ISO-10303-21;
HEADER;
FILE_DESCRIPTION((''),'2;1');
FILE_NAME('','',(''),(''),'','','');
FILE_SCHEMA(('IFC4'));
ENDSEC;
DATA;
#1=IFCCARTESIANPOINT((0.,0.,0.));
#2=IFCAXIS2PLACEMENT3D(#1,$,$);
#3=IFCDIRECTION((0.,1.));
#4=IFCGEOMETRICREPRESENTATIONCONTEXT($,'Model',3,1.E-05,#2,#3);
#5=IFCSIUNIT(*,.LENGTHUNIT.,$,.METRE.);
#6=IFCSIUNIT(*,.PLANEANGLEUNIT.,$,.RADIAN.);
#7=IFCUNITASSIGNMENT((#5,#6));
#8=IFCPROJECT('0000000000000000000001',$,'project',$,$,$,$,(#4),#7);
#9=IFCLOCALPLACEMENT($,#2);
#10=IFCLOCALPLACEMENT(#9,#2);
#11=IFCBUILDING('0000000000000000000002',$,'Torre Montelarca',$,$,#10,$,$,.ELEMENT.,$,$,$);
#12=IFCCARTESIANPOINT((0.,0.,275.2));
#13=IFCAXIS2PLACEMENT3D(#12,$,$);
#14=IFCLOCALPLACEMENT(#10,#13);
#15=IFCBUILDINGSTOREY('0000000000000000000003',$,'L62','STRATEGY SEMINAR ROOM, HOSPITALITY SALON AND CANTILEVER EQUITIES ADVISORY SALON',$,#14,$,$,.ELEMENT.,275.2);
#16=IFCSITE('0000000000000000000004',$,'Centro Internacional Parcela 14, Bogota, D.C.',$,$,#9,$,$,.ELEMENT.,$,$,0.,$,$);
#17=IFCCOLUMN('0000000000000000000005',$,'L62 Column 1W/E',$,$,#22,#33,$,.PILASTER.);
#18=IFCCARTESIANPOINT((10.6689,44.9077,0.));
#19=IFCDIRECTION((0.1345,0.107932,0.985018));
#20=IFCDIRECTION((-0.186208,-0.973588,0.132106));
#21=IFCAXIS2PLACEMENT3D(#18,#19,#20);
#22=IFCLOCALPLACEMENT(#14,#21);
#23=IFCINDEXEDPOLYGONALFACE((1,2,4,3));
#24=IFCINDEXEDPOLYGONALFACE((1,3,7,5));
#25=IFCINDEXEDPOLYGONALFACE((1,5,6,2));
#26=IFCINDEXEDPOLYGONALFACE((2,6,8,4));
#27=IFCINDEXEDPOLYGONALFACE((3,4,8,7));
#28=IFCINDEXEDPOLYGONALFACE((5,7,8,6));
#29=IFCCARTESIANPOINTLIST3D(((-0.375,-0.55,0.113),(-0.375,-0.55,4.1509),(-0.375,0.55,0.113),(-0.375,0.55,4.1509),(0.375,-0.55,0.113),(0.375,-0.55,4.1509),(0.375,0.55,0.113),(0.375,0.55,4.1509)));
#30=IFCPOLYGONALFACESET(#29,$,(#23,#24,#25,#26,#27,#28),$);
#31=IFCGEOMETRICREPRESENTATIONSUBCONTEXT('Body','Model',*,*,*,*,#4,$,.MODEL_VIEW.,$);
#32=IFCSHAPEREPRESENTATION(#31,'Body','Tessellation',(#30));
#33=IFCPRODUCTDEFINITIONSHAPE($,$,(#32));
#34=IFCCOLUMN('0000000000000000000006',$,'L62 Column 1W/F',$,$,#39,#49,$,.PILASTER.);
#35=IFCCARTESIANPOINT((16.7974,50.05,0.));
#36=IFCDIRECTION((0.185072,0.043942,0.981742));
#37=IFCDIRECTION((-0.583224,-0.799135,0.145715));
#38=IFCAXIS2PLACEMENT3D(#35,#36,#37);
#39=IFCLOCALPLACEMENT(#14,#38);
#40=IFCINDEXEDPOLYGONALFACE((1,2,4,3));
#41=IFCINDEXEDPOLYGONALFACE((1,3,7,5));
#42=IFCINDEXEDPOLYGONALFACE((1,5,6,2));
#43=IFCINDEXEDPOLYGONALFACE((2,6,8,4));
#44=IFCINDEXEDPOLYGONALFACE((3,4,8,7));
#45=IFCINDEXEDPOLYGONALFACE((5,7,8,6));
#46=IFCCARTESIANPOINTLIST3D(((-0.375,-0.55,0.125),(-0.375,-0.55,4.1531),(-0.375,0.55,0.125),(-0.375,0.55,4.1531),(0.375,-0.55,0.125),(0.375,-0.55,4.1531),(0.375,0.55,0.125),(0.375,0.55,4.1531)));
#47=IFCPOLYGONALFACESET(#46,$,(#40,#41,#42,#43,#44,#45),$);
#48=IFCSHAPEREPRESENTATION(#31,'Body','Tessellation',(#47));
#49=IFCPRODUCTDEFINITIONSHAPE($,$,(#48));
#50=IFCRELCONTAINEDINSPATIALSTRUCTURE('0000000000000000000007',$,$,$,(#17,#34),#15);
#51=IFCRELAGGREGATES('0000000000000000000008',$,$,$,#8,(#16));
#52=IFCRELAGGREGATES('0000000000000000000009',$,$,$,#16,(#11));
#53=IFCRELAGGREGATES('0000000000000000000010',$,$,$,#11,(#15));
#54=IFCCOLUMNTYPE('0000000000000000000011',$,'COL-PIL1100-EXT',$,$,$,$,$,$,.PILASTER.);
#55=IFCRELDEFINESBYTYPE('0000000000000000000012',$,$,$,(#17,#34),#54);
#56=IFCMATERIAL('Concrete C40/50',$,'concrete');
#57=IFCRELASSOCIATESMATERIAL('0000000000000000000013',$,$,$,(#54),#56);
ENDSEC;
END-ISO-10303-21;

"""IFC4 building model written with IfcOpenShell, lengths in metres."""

from ifc_helpers import new_model, si_unit, direction, frame, origin, origin_2d, place, context, subcontext, project, spatial, rectangle, extrude, clip, halfspace, material, material_profile, profile_set, type_object, element, save


model = new_model("IFC4")

# Units and contexts
model_context = context("Model", 3, precision=1e-05, world=origin(), true_north=direction((0.0, 1.0)))
body_context = subcontext(model_context, "Body", "Model", "MODEL_VIEW")
ifc_project = project(units=[si_unit("LENGTHUNIT", "METRE"), si_unit("PLANEANGLEUNIT", "RADIAN")], contexts=[model_context])

# Site, building, storey
site_placement = place(None, origin())
site = spatial("IfcSite", under=ifc_project, at=site_placement, Name="Centro Internacional Parcela 14, Bogota, D.C.", CompositionType="ELEMENT", RefElevation=0.0)
building_placement = place(site_placement, origin())
building = spatial("IfcBuilding", under=site, at=building_placement, Name="Torre Montelarca", CompositionType="ELEMENT")
storey_placement = place(building_placement, frame((0.0, 0.0, 275.2)))
storey = spatial("IfcBuildingStorey", under=building, at=storey_placement, Name="L62", Description="STRATEGY SEMINAR ROOM, HOSPITALITY SALON AND CANTILEVER EQUITIES ADVISORY SALON", CompositionType="ELEMENT", Elevation=275.2)

# Columns
ifc_material_1 = material(Name="Concrete C40/50", Category="concrete")
ifc_material_profile_1 = material_profile(ifc_material_1, rectangle(XDim=0.75, YDim=1.1001, at=origin_2d()), Name="RC1100X750", Category="concrete")
ifc_profile_set_1 = profile_set([ifc_material_profile_1], Name="Concrete C40/50")
column_type_1 = type_object("IfcColumnType", Name="COL-PIL1100-EXT", PredefinedType="PILASTER", material=ifc_profile_set_1)
column_1_placement = place(storey_placement, frame((10.6689, 44.9077, 0.0), z_axis=(0.1345, 0.107932, 0.985018), x_axis=(-0.186208, -0.973588, 0.132106)))
element("IfcColumn", 1, at=column_1_placement, inside=storey, type_object=column_type_1, Name="L62 Column 1W/E", PredefinedType="PILASTER", context=body_context, shape_type="Clipping", body=[
    clip(clip(extrude(rectangle(XDim=0.75, YDim=1.1001, at=origin_2d()), origin(), (0.0, 0.0, 1.0), 4.2639), halfspace(frame((0.0, 0.0, 0.113), z_axis=(0.0, 0.0, -1.0), x_axis=(1.0, 0.0, 0.0)), False)), halfspace(frame((0.0, 0.0, 4.1509), z_axis=(0.0, 0.0, 1.0), x_axis=(1.0, 0.0, 0.0)), False)),
])
column_2_placement = place(storey_placement, frame((16.7974, 50.05, 0.0), z_axis=(0.185072, 0.043942, 0.981742), x_axis=(-0.583224, -0.799135, 0.145715)))
element("IfcColumn", 2, at=column_2_placement, inside=storey, type_object=column_type_1, Name="L62 Column 1W/F", PredefinedType="PILASTER", context=body_context, shape_type="Clipping", body=[
    clip(clip(extrude(rectangle(XDim=0.75, YDim=1.1001, at=origin_2d()), origin(), (0.0, 0.0, 1.0), 4.2781), halfspace(frame((0.0, 0.0, 0.125), z_axis=(0.0, 0.0, -1.0), x_axis=(1.0, 0.0, 0.0)), False)), halfspace(frame((0.0, 0.0, 4.1531), z_axis=(0.0, 0.0, 1.0), x_axis=(1.0, 0.0, 0.0)), False)),
])

save(model, "model.ifc")
